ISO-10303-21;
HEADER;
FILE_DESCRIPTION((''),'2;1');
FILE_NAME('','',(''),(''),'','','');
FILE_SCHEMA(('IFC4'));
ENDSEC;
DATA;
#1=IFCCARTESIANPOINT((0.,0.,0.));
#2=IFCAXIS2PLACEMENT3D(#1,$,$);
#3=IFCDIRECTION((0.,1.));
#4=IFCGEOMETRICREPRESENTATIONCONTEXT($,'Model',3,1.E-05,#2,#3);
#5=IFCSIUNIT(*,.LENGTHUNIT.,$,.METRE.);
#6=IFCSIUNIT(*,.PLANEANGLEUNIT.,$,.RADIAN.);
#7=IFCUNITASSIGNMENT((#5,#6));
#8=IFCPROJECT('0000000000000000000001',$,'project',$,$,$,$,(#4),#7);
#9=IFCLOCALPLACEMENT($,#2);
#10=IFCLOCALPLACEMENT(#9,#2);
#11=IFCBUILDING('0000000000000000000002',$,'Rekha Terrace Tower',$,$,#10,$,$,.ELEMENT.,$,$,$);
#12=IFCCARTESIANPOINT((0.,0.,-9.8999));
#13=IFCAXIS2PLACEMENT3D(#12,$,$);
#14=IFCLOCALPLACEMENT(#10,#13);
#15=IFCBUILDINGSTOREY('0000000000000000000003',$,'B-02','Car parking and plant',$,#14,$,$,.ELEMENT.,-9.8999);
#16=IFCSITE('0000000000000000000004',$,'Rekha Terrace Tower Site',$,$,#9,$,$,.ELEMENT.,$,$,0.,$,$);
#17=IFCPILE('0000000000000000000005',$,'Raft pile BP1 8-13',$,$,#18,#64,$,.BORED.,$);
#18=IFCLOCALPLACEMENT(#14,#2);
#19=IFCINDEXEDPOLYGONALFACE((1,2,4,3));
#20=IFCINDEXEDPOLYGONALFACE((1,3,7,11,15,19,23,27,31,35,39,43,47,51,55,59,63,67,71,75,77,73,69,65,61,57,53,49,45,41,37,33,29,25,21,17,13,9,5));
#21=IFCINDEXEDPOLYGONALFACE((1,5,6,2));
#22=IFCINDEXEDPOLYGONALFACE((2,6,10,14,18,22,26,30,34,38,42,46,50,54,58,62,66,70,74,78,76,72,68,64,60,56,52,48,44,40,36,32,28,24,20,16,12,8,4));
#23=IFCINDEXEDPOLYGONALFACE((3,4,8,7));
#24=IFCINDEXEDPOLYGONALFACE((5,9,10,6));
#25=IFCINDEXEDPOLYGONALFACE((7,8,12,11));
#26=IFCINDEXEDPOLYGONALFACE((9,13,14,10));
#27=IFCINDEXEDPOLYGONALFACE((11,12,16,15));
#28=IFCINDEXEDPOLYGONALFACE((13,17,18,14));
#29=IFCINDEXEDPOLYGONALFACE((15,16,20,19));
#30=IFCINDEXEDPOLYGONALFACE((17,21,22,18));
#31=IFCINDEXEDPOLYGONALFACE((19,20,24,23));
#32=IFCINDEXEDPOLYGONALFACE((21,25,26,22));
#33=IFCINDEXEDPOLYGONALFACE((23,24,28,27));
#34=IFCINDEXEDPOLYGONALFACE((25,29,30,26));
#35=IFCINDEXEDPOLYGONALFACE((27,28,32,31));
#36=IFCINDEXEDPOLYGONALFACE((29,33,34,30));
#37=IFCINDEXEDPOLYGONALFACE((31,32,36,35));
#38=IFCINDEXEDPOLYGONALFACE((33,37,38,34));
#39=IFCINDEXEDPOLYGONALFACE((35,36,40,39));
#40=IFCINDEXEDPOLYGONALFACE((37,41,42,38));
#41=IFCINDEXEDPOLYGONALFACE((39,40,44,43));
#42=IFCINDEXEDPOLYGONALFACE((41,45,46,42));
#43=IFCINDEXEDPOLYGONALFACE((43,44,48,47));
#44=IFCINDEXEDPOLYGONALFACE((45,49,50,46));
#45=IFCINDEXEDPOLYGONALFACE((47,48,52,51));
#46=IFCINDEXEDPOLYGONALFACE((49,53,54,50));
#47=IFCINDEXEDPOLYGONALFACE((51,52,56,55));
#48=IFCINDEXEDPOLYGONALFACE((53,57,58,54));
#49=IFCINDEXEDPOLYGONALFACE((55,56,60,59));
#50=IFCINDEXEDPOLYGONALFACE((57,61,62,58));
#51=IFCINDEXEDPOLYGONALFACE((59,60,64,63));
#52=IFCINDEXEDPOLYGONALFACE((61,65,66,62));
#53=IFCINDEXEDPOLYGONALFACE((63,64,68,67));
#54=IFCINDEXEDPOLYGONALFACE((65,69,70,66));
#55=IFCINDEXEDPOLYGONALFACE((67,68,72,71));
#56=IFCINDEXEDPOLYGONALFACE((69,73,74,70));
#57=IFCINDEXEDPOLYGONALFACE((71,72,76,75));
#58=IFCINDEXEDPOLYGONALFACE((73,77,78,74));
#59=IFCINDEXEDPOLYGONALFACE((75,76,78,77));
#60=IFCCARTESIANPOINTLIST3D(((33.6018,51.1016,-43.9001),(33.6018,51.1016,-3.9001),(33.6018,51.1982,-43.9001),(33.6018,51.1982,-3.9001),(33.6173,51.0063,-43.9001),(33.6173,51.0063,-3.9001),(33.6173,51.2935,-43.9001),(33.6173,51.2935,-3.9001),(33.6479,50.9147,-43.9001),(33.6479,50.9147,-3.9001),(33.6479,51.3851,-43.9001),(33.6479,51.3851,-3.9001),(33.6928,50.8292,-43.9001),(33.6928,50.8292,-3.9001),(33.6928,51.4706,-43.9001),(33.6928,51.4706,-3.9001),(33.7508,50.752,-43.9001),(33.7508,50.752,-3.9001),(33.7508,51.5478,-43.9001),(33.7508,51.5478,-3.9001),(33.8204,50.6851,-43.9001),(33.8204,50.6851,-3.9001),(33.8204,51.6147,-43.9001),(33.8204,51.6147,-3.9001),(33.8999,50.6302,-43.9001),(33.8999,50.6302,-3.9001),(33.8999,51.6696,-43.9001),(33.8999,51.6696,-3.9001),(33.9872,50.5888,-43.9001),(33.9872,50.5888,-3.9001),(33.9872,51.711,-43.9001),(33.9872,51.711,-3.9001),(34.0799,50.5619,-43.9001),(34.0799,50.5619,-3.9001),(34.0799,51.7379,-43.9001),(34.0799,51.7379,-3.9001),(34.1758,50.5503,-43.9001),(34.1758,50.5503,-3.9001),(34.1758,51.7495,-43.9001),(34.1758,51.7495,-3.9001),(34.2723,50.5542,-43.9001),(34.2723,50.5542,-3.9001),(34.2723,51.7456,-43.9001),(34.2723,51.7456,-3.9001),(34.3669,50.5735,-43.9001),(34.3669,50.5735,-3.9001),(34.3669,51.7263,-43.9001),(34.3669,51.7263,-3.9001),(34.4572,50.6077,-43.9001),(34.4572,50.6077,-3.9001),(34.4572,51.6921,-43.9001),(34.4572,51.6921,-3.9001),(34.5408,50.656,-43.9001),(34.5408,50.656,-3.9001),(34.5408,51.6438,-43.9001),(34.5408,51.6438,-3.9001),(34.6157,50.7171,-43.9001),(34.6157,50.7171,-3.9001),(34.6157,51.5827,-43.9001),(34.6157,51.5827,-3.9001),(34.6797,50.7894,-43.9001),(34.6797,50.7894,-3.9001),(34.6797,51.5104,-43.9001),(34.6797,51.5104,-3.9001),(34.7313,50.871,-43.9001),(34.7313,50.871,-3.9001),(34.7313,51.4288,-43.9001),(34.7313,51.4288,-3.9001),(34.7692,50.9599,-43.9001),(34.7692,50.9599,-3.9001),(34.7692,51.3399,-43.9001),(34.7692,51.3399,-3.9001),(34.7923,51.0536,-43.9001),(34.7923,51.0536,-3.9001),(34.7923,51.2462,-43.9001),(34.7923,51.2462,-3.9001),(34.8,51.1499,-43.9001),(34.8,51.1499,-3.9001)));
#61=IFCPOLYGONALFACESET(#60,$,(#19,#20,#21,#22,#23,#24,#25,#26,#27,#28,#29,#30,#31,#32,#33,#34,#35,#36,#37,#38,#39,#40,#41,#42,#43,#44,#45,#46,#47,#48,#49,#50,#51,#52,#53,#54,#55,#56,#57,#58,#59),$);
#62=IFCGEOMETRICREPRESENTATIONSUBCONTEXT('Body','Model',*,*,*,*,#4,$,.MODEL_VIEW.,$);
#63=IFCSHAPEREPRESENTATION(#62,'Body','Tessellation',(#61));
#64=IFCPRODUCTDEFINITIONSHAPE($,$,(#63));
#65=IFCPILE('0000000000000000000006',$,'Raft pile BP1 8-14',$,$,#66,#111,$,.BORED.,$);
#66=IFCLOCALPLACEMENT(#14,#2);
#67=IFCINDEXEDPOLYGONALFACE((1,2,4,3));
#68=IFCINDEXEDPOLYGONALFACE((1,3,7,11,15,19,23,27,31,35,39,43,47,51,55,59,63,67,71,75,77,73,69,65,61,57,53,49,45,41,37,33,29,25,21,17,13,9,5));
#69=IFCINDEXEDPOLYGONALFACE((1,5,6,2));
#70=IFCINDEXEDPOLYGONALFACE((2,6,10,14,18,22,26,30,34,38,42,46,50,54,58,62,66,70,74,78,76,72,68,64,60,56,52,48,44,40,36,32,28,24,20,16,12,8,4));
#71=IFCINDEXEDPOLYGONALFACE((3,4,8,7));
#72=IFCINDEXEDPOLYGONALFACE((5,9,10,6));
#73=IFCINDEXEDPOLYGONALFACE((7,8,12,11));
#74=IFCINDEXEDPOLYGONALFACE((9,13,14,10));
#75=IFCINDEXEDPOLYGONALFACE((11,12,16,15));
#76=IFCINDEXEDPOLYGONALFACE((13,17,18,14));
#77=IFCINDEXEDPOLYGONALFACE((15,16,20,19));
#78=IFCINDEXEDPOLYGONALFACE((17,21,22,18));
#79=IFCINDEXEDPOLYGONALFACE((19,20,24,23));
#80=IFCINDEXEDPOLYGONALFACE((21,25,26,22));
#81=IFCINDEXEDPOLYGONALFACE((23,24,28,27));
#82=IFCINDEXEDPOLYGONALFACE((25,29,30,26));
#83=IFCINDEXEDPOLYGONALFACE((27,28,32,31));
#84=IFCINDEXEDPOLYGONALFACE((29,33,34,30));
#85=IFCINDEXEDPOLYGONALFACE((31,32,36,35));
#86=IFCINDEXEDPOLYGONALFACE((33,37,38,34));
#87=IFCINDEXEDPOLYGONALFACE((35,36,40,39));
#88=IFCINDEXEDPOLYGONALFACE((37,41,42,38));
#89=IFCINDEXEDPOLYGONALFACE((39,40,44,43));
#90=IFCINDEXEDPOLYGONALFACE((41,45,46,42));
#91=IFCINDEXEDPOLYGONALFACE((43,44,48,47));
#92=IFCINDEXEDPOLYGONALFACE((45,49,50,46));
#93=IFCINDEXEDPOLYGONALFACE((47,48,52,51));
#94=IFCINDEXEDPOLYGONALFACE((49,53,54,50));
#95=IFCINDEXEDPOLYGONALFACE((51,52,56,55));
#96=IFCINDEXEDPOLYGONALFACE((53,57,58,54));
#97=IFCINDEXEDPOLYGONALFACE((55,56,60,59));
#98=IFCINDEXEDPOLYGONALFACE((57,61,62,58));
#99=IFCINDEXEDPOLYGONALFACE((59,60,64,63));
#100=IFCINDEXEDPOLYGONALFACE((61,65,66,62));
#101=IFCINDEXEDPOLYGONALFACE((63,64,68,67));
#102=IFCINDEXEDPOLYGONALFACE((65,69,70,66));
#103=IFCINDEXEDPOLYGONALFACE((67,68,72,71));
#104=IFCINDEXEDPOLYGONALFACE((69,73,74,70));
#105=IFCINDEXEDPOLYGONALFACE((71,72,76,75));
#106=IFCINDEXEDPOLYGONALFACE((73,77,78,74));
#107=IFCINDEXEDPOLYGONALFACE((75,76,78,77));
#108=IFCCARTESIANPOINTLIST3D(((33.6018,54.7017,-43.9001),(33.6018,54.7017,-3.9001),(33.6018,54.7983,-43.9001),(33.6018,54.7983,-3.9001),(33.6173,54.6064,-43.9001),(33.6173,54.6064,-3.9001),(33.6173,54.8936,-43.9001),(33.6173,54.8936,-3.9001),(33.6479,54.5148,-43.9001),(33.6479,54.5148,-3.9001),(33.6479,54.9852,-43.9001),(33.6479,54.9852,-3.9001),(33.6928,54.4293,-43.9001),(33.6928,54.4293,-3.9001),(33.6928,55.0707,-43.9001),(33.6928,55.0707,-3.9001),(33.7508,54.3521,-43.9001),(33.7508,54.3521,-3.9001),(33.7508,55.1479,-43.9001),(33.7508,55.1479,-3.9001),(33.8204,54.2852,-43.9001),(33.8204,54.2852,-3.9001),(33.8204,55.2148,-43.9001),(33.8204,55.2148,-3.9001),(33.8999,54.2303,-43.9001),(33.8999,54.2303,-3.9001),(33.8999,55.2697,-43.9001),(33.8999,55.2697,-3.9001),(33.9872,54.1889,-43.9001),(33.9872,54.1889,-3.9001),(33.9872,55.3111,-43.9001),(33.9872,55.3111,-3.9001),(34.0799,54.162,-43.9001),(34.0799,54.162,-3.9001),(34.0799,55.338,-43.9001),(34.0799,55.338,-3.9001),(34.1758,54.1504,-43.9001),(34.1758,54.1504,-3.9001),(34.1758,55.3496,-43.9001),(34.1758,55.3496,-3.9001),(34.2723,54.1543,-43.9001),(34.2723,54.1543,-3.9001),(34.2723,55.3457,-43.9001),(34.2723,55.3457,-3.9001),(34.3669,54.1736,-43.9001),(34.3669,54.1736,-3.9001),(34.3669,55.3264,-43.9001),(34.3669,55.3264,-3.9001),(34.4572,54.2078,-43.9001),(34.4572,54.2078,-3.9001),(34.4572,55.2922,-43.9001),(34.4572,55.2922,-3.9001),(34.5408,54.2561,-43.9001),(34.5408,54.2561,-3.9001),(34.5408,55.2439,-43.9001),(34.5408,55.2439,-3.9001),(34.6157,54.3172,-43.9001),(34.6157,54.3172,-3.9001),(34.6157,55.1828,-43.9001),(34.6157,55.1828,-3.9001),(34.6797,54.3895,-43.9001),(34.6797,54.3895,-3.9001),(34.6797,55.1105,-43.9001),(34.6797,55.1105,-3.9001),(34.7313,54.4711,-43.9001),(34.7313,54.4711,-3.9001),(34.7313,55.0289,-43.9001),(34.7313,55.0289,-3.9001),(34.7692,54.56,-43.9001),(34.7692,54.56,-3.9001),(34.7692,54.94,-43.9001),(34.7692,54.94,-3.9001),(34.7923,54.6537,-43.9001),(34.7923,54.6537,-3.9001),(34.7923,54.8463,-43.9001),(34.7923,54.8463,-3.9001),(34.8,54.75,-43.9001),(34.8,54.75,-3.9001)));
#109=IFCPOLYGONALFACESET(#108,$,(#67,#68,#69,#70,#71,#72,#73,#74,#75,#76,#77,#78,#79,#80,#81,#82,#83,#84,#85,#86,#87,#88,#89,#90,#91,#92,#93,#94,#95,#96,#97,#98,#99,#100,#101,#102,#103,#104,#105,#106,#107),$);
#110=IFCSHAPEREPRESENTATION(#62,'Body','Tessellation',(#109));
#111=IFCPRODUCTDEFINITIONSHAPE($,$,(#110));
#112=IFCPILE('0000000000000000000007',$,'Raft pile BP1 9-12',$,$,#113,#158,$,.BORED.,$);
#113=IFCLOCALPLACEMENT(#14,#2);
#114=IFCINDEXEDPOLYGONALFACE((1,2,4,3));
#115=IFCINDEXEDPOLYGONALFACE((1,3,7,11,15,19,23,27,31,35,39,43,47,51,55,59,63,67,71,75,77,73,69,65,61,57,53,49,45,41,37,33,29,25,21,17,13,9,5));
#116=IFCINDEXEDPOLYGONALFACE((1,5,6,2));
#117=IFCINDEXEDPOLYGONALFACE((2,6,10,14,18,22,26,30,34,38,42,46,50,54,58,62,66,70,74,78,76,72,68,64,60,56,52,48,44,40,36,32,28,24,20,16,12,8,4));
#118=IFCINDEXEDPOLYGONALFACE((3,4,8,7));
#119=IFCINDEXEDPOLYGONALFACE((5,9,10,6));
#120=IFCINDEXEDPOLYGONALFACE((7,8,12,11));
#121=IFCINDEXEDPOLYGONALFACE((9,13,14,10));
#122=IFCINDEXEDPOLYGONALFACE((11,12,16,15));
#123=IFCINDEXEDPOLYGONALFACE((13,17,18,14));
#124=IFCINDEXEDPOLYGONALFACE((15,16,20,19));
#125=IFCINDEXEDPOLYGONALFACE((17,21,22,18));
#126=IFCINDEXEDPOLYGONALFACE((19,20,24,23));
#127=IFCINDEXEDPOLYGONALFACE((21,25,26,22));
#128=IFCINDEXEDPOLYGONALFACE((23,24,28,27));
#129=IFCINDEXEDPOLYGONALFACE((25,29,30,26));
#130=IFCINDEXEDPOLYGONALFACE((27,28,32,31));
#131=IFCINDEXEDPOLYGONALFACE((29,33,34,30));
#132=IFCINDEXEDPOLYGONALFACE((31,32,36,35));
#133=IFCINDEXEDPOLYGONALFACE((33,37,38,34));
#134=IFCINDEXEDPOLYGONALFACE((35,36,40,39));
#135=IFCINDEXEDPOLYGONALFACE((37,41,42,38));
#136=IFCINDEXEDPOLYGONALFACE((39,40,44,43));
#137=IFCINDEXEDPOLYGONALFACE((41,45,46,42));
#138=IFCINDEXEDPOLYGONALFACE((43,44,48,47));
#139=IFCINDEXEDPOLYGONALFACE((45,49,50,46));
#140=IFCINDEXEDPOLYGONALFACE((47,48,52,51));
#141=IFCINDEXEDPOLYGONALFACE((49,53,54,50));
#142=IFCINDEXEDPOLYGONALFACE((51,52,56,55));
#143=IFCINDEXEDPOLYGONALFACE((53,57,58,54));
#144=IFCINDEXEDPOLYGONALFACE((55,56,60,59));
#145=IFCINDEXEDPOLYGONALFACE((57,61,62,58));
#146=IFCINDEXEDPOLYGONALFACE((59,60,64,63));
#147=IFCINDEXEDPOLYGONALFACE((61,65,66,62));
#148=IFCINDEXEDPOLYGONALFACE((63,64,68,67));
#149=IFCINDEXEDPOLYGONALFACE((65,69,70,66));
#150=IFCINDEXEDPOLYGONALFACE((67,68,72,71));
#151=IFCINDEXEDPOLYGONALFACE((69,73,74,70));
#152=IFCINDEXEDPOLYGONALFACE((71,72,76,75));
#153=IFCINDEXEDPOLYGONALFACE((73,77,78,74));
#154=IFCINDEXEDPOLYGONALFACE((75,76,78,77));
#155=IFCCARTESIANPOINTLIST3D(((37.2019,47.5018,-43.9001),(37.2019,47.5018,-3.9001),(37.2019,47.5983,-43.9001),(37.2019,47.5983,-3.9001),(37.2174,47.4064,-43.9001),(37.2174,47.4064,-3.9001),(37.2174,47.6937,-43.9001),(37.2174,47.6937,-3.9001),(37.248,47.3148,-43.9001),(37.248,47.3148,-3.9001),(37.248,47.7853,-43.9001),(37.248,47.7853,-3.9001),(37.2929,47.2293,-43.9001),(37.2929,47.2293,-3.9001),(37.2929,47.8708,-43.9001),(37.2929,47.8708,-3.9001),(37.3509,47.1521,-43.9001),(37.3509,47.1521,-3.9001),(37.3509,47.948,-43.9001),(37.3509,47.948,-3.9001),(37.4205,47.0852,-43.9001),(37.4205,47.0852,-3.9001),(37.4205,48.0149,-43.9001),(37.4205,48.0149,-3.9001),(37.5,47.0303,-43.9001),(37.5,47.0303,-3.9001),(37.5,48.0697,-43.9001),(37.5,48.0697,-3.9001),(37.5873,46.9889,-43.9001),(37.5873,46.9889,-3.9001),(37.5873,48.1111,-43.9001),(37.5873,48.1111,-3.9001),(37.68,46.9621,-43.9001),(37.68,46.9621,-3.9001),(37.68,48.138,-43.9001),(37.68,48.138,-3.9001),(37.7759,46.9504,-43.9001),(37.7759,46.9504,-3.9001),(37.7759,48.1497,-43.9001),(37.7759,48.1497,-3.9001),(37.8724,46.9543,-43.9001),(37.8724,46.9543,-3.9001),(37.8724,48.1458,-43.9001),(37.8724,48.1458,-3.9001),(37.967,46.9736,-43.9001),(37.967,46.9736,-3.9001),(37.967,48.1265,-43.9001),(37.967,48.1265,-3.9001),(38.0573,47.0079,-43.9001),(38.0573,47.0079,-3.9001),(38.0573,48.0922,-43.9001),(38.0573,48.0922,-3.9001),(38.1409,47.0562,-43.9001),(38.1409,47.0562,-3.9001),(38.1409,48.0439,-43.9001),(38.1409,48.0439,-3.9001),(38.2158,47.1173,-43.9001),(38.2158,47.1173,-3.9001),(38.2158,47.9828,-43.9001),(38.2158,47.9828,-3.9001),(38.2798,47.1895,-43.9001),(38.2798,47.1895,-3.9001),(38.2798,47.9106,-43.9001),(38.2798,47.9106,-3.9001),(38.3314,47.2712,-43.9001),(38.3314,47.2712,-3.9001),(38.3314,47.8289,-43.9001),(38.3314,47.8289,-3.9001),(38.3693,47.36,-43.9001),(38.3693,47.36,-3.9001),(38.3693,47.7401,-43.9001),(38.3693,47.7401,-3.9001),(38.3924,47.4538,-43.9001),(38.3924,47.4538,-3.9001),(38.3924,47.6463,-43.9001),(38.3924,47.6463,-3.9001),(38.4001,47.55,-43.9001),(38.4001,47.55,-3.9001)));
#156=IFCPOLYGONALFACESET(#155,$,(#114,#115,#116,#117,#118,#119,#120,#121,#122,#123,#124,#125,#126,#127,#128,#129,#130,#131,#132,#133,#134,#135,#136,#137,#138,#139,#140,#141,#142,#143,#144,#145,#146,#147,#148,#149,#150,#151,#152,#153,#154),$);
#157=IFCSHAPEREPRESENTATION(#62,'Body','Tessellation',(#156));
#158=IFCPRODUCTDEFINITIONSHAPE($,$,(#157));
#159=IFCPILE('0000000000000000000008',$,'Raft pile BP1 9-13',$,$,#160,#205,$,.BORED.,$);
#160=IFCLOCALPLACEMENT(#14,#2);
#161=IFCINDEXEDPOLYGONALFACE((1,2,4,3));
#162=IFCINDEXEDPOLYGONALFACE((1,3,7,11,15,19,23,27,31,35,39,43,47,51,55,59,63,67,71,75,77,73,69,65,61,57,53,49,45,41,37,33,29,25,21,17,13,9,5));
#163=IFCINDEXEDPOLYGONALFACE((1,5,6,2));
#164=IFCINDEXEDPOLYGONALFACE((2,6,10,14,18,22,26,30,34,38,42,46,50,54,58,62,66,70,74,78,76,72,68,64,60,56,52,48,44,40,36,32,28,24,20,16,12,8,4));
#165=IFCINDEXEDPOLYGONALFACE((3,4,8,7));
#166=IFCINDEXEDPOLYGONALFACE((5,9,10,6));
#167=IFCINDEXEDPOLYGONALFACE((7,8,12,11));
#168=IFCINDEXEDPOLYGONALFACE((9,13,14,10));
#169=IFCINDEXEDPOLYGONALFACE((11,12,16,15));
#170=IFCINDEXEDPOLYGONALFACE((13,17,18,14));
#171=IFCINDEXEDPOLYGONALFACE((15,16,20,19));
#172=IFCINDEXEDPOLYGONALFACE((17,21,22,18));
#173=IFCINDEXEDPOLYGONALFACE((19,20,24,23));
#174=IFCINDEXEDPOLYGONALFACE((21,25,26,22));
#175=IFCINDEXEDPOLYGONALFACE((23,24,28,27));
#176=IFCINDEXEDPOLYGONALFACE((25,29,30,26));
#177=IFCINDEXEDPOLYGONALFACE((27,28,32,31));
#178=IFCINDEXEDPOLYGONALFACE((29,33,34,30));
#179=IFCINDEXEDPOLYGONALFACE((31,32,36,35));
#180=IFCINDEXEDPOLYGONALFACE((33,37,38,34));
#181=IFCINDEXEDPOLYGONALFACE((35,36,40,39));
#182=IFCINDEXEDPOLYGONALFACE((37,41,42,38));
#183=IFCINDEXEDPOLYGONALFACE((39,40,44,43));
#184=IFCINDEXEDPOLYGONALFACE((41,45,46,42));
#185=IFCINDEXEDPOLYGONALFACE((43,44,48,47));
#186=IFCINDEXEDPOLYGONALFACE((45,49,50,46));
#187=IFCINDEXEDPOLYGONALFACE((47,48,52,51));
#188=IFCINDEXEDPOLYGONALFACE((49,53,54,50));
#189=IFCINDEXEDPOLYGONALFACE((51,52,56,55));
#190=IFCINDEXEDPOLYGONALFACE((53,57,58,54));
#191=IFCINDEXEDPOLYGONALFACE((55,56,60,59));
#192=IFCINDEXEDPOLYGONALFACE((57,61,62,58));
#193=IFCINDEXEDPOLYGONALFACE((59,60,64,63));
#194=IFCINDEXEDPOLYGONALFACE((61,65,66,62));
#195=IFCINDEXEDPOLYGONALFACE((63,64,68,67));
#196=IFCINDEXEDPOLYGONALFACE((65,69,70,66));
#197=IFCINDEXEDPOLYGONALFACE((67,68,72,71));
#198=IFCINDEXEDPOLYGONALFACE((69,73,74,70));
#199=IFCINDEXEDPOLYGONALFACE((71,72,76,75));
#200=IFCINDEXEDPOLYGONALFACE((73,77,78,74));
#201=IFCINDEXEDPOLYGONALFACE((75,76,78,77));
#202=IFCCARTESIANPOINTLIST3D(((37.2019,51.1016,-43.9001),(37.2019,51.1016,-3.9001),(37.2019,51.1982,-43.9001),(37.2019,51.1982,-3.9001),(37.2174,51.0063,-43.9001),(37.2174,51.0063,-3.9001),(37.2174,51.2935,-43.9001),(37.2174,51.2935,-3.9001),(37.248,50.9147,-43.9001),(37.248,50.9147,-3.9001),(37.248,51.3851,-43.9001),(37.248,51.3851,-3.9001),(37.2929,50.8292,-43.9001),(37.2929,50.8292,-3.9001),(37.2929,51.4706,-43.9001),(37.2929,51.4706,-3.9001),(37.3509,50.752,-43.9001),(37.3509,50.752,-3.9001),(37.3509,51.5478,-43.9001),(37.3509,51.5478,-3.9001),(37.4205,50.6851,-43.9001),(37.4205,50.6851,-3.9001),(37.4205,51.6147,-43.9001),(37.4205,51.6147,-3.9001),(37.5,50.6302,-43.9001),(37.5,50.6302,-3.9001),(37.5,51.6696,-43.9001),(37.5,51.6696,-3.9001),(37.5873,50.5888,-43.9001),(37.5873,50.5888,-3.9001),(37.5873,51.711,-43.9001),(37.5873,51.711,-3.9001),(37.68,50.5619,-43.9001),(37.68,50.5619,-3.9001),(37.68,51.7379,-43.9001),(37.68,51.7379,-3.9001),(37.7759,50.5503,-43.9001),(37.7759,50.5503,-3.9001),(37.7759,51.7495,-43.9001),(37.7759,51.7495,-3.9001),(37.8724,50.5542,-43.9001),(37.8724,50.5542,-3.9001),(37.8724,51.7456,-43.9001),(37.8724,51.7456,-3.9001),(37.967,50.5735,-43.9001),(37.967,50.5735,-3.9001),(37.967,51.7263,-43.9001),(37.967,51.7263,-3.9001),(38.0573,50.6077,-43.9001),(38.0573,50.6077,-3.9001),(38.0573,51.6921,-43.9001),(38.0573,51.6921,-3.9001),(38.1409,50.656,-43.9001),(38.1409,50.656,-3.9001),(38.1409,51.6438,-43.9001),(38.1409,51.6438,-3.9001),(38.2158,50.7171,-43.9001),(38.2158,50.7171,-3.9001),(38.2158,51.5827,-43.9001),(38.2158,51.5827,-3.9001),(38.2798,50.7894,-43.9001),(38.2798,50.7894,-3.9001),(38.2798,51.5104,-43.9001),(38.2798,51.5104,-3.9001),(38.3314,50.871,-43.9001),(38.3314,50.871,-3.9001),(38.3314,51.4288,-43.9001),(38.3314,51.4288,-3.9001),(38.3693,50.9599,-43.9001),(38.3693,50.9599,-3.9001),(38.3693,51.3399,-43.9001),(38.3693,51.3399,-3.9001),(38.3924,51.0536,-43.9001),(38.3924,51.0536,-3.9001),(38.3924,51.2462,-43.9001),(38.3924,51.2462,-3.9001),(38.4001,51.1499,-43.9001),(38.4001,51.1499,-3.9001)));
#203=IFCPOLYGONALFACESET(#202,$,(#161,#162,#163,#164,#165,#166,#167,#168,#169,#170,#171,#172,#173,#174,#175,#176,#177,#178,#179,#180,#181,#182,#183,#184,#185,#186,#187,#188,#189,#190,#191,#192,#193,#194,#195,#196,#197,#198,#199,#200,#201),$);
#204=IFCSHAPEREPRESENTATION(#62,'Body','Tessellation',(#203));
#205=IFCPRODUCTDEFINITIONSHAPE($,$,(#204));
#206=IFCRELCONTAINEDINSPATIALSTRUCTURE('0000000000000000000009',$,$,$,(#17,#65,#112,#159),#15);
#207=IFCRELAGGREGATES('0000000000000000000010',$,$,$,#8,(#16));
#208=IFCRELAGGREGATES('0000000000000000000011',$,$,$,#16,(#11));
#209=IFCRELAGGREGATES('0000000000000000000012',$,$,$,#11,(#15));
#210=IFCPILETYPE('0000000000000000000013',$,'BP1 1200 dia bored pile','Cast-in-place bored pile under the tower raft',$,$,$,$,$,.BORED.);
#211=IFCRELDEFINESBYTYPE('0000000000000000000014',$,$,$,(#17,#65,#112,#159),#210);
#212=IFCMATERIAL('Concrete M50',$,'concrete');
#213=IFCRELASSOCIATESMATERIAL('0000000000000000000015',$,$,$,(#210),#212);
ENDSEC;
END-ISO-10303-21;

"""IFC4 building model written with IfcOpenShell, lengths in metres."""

from ifc_helpers import new_model, si_unit, direction, frame, origin, origin_2d, place, context, subcontext, project, spatial, circle, extrude, material, type_object, element, save


model = new_model("IFC4")

# Units and contexts
model_context = context("Model", 3, precision=1e-05, world=origin(), true_north=direction((0.0, 1.0)))
body_context = subcontext(model_context, "Body", "Model", "MODEL_VIEW")
ifc_project = project(units=[si_unit("LENGTHUNIT", "METRE"), si_unit("PLANEANGLEUNIT", "RADIAN")], contexts=[model_context])

# Site, building, storey
site_placement = place(None, origin())
site = spatial("IfcSite", under=ifc_project, at=site_placement, Name="Rekha Terrace Tower Site", CompositionType="ELEMENT", RefElevation=0.0)
building_placement = place(site_placement, origin())
building = spatial("IfcBuilding", under=site, at=building_placement, Name="Rekha Terrace Tower", CompositionType="ELEMENT")
storey_placement = place(building_placement, frame((0.0, 0.0, -9.8999)))
storey = spatial("IfcBuildingStorey", under=building, at=storey_placement, Name="B-02", Description="Car parking and plant", CompositionType="ELEMENT", Elevation=-9.8999)

# Piles
ifc_material_1 = material(Name="Concrete M50", Category="concrete")
pile_type = type_object("IfcPileType", Name="BP1 1200 dia bored pile", Description="Cast-in-place bored pile under the tower raft", PredefinedType="BORED", material=ifc_material_1)
for number, where, z_axis, x_axis, name in (
    (1, (34.2, 51.1499, -3.9001), (0.0, 0.0, -1.0), (1.0, 0.0, 0.0), "Raft pile BP1 8-13"),
    (2, (34.2, 54.75, -3.9001), (0.0, 0.0, -1.0), (1.0, 0.0, 0.0), "Raft pile BP1 8-14"),
    (3, (37.8, 47.55, -3.9001), (0.0, 0.0, -1.0), (1.0, 0.0, 0.0), "Raft pile BP1 9-12"),
    (4, (37.8, 51.1499, -3.9001), (0.0, 0.0, -1.0), (1.0, 0.0, 0.0), "Raft pile BP1 9-13"),
):
    element("IfcPile", number, at=place(storey_placement, frame(where, z_axis=z_axis, x_axis=x_axis)), inside=storey, type_object=pile_type, Name=name, PredefinedType="BORED", context=body_context, shape_type="SweptSolid", body=[
        extrude(circle(Radius=0.6001, at=origin_2d()), origin(), (0.0, 0.0, 1.0), 40.0),
    ])

save(model, "model.ifc")
